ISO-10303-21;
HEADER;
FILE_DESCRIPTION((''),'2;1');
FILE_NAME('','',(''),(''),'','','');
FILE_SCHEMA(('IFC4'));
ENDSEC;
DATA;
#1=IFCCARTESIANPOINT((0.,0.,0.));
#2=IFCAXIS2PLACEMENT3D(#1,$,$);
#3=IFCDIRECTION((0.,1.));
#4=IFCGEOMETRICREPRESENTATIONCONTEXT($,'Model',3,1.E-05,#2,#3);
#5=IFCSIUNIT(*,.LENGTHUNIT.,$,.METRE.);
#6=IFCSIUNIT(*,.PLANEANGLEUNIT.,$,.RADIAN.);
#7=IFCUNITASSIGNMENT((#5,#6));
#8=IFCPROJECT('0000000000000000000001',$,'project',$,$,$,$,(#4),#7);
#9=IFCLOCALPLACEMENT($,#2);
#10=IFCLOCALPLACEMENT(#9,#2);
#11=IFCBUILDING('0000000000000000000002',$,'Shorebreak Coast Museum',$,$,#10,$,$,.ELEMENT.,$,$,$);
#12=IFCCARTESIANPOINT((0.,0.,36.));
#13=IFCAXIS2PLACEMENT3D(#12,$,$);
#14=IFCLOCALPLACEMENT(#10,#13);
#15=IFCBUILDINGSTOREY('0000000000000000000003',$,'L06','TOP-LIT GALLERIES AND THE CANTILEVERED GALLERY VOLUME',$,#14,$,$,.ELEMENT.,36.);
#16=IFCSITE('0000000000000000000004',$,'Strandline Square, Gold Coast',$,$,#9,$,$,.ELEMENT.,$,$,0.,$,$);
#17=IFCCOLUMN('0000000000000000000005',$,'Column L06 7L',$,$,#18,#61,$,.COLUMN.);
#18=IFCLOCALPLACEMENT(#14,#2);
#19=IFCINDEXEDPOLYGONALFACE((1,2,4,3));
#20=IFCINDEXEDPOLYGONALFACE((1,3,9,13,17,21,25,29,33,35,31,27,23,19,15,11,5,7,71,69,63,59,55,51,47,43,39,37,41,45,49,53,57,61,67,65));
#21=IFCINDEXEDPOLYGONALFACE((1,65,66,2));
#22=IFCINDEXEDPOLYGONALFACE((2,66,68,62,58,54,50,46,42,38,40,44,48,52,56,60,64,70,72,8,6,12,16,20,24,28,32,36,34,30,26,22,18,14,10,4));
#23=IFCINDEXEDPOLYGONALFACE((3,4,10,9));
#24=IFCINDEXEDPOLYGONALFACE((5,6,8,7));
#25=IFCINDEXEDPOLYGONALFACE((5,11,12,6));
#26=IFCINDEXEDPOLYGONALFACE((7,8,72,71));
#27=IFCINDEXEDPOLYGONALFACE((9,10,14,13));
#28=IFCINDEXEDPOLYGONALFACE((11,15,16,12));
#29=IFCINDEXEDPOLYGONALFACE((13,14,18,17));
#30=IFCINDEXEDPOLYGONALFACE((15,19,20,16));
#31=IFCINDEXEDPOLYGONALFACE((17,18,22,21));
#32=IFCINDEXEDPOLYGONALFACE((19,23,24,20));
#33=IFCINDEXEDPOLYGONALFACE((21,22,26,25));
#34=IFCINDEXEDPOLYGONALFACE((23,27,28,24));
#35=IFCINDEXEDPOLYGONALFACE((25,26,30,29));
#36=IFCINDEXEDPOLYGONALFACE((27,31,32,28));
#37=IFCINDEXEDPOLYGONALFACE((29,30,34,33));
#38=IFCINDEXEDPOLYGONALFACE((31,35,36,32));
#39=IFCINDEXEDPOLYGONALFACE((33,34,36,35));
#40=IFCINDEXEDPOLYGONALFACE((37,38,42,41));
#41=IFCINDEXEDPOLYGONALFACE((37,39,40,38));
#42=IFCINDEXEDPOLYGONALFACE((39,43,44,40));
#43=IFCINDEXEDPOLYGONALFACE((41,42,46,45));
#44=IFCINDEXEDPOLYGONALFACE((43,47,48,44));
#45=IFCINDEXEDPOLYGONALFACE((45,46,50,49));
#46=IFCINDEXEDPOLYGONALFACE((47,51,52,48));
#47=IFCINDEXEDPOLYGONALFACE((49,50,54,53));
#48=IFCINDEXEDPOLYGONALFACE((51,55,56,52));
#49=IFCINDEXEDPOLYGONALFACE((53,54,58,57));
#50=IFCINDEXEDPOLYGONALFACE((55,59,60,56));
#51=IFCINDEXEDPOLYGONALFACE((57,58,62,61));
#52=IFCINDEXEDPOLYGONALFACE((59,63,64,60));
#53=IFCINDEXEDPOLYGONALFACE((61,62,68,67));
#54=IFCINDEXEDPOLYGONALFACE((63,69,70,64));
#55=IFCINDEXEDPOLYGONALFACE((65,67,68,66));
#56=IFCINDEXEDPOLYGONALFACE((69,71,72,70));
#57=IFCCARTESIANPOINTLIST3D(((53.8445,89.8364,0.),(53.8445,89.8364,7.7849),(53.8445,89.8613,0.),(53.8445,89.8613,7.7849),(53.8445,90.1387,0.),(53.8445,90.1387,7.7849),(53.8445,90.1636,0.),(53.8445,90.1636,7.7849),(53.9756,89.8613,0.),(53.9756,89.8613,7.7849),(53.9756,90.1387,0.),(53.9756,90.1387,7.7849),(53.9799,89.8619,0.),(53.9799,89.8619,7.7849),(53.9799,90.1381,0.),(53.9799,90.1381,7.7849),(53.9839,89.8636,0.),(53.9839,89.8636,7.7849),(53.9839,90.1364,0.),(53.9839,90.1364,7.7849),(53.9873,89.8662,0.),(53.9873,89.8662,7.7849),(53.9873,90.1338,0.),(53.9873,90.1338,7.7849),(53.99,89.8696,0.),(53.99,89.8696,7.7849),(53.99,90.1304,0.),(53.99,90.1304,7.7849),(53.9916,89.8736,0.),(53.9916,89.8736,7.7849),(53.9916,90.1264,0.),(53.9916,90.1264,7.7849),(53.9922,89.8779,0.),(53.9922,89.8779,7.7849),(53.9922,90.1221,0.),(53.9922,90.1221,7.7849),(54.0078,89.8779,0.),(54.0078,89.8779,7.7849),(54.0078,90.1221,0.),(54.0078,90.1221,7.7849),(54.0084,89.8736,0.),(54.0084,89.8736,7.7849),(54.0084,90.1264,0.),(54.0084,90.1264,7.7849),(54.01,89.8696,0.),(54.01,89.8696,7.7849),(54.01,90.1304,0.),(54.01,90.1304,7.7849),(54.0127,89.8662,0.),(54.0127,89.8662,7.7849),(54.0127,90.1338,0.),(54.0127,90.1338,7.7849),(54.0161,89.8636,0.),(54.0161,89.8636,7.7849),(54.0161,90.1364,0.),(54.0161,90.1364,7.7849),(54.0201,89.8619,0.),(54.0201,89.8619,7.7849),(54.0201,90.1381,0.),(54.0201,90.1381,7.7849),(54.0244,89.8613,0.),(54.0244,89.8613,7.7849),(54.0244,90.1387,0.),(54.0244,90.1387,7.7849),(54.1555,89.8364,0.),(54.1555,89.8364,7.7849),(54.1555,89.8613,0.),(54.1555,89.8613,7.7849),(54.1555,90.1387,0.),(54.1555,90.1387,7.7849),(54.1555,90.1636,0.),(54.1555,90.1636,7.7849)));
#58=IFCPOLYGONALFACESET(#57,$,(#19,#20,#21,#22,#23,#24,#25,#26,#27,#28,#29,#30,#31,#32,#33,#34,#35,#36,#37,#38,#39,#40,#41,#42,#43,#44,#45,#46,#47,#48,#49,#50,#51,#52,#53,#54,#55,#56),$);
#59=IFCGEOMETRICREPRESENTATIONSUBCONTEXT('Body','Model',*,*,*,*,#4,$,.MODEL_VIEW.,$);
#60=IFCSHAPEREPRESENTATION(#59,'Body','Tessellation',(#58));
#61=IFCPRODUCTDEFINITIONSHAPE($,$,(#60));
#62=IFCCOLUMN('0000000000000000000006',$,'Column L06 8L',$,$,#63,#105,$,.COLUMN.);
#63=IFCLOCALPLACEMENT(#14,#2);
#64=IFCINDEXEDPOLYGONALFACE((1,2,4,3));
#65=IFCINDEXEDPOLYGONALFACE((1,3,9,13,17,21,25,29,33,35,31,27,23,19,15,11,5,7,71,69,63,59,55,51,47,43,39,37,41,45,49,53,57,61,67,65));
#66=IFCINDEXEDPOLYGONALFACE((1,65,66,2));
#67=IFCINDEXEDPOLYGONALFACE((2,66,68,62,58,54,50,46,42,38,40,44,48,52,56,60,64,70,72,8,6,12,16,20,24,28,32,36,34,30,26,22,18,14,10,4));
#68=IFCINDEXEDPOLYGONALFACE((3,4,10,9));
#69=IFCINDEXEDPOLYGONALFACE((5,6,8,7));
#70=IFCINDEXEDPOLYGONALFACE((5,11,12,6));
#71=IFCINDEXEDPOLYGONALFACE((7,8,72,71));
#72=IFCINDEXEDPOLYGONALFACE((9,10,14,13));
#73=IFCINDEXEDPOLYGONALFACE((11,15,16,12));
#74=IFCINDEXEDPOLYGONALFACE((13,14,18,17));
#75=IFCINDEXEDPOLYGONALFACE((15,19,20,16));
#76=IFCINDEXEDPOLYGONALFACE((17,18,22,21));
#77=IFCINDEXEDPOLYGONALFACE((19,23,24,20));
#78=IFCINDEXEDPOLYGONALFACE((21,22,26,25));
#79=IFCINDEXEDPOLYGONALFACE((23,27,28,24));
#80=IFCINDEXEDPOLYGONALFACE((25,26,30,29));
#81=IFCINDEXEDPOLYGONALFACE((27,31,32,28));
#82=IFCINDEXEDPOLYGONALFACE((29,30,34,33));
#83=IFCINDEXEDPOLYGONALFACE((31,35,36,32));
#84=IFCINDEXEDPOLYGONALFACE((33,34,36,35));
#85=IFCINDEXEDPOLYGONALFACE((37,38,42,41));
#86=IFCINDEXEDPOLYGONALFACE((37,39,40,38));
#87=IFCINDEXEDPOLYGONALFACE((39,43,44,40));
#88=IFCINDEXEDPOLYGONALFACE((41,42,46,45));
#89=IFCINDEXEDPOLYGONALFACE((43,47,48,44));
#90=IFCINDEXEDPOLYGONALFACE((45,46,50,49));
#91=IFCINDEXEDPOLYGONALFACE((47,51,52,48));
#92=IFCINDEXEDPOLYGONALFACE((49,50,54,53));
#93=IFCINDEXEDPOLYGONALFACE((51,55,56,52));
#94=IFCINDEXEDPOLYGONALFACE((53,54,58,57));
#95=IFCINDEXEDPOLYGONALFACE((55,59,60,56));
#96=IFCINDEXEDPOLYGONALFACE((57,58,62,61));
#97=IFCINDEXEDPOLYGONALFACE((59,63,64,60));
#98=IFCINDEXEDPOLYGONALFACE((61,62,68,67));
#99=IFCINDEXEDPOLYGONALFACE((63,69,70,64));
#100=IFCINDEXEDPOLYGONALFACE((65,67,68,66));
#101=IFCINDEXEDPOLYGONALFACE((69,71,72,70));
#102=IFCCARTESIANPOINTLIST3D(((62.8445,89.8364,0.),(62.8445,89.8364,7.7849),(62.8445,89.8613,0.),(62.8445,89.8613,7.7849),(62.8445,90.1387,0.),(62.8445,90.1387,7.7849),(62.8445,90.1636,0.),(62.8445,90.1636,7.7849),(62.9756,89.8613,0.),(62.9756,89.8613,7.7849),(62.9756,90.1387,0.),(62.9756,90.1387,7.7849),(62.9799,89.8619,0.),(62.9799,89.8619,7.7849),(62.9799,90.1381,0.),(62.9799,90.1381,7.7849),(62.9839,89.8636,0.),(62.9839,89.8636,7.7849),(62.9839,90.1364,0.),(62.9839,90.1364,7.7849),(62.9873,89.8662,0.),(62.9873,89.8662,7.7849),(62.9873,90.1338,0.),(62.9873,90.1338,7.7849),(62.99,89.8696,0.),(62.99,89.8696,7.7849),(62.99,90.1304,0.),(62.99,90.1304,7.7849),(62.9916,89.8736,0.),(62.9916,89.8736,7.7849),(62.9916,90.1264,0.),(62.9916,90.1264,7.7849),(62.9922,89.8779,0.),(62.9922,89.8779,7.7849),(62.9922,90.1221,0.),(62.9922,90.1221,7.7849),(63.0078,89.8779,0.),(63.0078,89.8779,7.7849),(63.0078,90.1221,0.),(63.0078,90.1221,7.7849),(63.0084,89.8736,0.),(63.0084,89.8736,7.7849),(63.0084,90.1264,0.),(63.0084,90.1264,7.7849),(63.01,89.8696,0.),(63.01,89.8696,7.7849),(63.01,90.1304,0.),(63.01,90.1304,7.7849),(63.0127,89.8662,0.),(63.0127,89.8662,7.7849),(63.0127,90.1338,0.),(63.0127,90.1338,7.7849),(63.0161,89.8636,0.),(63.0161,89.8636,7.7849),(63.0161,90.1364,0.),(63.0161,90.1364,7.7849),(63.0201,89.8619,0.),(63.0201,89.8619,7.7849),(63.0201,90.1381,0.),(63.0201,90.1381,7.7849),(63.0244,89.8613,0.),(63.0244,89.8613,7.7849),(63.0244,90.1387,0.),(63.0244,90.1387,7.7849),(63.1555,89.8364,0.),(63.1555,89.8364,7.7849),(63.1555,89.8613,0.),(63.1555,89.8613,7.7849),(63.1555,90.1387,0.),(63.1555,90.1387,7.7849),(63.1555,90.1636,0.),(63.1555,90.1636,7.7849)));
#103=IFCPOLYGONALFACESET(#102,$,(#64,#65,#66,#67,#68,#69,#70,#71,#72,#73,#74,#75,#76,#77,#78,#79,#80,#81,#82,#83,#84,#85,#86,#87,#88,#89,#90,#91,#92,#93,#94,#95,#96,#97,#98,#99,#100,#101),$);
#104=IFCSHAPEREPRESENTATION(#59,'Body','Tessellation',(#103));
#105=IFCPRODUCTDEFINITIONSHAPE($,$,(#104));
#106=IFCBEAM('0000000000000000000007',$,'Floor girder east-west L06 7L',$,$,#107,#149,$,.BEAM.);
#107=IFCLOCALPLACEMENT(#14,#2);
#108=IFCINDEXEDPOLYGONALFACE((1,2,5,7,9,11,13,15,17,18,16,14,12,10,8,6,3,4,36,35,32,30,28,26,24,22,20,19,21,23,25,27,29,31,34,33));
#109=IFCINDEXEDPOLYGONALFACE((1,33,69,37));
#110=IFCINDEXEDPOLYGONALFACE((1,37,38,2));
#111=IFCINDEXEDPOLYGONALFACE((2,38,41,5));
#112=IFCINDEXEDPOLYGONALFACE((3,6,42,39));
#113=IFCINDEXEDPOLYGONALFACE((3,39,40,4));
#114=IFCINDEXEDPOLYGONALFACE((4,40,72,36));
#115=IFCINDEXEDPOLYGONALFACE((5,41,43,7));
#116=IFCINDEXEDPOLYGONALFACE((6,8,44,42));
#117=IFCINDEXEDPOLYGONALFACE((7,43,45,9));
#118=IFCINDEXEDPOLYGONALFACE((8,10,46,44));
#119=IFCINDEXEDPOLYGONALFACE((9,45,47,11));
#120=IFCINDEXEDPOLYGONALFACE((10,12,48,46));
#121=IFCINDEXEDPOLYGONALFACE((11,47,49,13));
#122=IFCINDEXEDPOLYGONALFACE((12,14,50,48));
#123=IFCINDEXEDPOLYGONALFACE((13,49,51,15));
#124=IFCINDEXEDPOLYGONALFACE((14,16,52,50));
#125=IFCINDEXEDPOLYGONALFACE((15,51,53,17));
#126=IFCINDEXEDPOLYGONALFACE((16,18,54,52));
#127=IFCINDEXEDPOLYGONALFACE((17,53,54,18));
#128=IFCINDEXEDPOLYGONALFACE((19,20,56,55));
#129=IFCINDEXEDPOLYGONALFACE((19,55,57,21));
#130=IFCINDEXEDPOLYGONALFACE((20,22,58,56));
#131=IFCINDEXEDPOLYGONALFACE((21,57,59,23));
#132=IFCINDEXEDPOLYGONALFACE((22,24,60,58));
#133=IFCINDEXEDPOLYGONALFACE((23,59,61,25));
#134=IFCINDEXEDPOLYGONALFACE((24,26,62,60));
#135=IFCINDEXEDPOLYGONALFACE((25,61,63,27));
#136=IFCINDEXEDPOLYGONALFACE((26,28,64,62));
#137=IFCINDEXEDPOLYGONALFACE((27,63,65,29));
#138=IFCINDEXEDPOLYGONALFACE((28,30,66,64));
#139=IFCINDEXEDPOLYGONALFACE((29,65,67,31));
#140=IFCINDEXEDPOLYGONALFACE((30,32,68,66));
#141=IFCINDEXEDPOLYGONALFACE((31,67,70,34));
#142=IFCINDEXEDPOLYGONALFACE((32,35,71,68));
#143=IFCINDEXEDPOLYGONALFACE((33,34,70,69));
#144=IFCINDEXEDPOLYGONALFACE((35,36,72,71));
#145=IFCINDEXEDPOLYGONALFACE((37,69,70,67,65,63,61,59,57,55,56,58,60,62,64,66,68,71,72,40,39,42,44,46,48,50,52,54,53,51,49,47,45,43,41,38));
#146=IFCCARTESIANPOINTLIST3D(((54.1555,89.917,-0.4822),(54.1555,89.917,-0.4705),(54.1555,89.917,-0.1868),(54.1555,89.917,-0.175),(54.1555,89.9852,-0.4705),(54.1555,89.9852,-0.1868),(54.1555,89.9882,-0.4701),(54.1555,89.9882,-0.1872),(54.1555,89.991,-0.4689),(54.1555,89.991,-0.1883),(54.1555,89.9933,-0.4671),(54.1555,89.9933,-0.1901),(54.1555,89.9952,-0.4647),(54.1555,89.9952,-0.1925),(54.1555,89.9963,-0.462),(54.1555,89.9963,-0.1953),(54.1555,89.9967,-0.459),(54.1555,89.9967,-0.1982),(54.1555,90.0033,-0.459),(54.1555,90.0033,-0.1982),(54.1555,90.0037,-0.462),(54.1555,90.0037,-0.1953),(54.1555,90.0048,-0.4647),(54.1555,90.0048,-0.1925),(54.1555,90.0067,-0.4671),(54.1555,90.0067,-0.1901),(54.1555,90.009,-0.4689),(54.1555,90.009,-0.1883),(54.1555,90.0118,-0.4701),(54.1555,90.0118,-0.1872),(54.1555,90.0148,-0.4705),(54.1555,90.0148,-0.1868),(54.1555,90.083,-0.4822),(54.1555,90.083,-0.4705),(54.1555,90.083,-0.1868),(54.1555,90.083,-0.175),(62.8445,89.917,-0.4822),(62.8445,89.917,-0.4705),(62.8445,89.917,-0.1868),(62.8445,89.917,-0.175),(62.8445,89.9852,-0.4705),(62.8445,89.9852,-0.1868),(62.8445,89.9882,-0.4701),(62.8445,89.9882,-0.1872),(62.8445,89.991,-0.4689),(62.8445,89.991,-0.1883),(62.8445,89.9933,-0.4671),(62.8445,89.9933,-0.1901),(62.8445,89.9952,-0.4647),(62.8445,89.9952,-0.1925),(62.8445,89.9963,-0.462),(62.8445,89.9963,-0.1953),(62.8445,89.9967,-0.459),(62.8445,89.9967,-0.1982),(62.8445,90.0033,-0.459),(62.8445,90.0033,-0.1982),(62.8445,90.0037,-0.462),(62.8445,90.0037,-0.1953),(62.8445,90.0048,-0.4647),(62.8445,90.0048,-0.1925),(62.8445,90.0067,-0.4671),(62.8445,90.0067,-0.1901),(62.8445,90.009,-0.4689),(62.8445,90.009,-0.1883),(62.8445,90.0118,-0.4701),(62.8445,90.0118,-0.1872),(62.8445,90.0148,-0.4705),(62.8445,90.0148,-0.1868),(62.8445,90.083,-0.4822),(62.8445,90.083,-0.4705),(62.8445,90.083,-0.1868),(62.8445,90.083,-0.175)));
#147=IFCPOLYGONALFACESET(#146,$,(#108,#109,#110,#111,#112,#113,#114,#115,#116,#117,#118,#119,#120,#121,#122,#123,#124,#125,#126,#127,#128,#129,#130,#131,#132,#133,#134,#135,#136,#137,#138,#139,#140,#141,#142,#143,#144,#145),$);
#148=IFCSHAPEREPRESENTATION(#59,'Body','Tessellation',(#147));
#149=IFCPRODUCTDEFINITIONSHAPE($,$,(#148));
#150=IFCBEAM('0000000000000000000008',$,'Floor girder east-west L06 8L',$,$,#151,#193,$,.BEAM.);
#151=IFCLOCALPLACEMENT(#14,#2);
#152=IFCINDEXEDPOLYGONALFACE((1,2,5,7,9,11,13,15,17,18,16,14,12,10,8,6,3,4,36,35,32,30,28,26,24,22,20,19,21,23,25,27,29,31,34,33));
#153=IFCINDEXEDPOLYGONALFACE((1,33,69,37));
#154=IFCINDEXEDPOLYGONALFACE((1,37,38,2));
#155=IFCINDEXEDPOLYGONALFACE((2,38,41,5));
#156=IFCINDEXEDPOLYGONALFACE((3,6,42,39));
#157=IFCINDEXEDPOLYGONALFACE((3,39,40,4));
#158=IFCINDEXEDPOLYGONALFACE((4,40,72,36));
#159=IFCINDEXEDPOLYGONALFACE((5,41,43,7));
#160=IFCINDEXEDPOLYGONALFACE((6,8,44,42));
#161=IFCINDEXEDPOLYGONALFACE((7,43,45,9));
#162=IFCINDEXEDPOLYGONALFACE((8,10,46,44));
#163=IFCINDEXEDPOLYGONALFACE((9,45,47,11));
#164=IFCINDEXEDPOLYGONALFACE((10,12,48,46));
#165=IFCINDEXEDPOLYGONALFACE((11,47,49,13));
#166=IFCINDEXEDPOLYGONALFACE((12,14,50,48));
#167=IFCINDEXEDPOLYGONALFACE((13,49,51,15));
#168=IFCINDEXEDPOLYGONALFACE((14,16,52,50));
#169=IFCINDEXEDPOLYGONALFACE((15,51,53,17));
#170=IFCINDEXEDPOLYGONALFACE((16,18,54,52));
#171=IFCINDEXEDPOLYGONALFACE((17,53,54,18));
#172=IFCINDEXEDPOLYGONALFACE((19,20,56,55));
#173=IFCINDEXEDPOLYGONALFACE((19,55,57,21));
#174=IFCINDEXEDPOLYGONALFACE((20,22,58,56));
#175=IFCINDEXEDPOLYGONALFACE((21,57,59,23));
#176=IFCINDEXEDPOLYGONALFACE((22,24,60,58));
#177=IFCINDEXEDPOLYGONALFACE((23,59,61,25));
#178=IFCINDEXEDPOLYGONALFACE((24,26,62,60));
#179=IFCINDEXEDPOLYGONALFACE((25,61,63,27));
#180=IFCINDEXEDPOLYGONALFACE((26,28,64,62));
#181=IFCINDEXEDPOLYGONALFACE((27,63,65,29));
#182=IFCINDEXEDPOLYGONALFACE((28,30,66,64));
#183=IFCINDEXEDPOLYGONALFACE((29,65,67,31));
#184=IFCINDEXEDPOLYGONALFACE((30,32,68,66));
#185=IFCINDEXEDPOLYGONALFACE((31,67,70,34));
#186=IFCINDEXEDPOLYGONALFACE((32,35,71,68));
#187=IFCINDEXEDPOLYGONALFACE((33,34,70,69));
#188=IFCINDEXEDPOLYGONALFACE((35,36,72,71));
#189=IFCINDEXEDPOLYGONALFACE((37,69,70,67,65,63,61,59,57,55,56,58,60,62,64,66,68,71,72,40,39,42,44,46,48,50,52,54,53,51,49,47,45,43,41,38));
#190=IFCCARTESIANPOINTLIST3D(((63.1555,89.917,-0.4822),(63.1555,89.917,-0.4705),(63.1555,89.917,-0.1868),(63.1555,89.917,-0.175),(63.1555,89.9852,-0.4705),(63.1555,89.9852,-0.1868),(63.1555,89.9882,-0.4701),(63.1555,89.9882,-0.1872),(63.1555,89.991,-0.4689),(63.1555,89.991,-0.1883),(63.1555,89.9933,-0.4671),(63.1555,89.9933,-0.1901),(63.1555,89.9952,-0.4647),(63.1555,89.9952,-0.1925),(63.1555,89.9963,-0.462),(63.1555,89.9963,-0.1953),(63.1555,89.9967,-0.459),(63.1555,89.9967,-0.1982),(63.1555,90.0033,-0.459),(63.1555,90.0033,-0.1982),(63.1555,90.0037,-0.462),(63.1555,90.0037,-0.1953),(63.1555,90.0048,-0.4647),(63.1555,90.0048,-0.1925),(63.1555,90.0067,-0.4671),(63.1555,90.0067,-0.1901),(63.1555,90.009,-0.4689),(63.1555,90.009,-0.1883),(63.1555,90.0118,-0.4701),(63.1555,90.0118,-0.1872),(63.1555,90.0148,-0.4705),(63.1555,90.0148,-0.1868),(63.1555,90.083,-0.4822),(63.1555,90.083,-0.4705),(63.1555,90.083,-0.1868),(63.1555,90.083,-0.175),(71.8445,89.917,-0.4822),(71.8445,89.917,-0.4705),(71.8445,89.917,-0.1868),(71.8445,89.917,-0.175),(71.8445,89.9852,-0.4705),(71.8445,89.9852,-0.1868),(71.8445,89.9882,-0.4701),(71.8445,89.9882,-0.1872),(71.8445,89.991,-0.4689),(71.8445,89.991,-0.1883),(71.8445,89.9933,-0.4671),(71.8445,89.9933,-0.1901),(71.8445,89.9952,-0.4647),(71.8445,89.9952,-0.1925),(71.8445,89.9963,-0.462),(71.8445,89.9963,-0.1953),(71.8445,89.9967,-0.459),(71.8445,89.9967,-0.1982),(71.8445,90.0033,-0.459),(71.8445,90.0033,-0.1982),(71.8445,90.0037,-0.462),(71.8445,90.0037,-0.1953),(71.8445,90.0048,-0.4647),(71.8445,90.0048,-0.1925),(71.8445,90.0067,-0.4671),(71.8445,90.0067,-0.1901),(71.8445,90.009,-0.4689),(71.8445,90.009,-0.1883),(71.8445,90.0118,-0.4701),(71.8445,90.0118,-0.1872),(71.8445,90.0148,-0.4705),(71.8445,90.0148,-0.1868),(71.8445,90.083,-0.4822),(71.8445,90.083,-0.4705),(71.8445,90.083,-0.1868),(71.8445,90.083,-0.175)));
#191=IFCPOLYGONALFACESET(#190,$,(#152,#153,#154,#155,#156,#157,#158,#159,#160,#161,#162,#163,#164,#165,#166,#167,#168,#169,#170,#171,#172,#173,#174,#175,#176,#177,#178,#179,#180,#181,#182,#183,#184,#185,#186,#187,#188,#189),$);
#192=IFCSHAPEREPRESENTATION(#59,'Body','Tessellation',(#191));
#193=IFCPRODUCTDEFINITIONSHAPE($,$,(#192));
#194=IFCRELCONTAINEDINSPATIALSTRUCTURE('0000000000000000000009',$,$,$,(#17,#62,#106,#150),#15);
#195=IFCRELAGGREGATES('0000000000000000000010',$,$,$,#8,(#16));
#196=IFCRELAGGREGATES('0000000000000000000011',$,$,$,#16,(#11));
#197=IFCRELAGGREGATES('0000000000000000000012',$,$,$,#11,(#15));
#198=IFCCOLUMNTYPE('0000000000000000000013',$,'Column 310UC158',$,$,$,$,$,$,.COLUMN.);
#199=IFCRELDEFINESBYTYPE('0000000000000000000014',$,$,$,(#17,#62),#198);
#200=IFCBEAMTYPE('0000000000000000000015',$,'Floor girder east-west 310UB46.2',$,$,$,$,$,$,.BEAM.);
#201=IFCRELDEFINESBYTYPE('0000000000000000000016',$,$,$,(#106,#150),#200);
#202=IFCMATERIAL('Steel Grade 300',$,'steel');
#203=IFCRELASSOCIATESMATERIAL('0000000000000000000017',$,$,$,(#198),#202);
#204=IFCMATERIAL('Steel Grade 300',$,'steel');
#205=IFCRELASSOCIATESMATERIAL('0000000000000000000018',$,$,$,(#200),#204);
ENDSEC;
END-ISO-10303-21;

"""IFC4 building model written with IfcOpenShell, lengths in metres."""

from ifc_helpers import new_model, si_unit, direction, frame, origin, origin_2d, place, context, subcontext, project, spatial, i_section, extrude, material, material_profile, profile_set, type_object, element, save


model = new_model("IFC4")

# Units and contexts
model_context = context("Model", 3, precision=1e-05, world=origin(), true_north=direction((0.0, 1.0)))
body_context = subcontext(model_context, "Body", "Model", "MODEL_VIEW")
ifc_project = project(units=[si_unit("LENGTHUNIT", "METRE"), si_unit("PLANEANGLEUNIT", "RADIAN")], contexts=[model_context])

# Site, building, storey
site_placement = place(None, origin())
site = spatial("IfcSite", under=ifc_project, at=site_placement, Name="Strandline Square, Gold Coast", CompositionType="ELEMENT", RefElevation=0.0)
building_placement = place(site_placement, origin())
building = spatial("IfcBuilding", under=site, at=building_placement, Name="Shorebreak Coast Museum", CompositionType="ELEMENT")
storey_placement = place(building_placement, frame((0.0, 0.0, 36.0)))
storey = spatial("IfcBuildingStorey", under=building, at=storey_placement, Name="L06", Description="TOP-LIT GALLERIES AND THE CANTILEVERED GALLERY VOLUME", CompositionType="ELEMENT", Elevation=36.0)

# Columns
ifc_material_1 = material(Name="Steel Grade 300", Category="steel")
ifc_material_profile_1 = material_profile(ifc_material_1, i_section(OverallWidth=0.311, OverallDepth=0.3271, WebThickness=0.0156, FlangeThickness=0.0249, FilletRadius=0.0166, at=origin_2d()), Name="310UC158")
ifc_profile_set_1 = profile_set([ifc_material_profile_1], Name="Steel Grade 300")
column_type = type_object("IfcColumnType", Name="Column 310UC158", PredefinedType="COLUMN", material=ifc_profile_set_1)
for number, where, z_axis, x_axis, name in (
    (1, (54.0, 90.0, 0.0), (0.0, 0.0, 1.0), (1.0, 0.0, 0.0), "Column L06 7L"),
    (2, (63.0, 90.0, 0.0), (0.0, 0.0, 1.0), (1.0, 0.0, 0.0), "Column L06 8L"),
):
    element("IfcColumn", number, at=place(storey_placement, frame(where, z_axis=z_axis, x_axis=x_axis)), inside=storey, type_object=column_type, Name=name, PredefinedType="COLUMN", context=body_context, shape_type="SweptSolid", body=[
        extrude(i_section(OverallWidth=0.311, OverallDepth=0.3271, WebThickness=0.0156, FlangeThickness=0.0249, FilletRadius=0.0166, at=origin_2d()), origin(), (0.0, 0.0, 1.0), 7.7849),
    ])

# Beams
ifc_material_2 = material(Name="Steel Grade 300", Category="steel")
ifc_material_profile_2 = material_profile(ifc_material_2, i_section(OverallWidth=0.166, OverallDepth=0.3071, WebThickness=0.0066, FlangeThickness=0.0117, FilletRadius=0.0115, at=origin_2d()), Name="310UB46.2")
ifc_profile_set_2 = profile_set([ifc_material_profile_2], Name="Steel Grade 300")
beam_type_1 = type_object("IfcBeamType", Name="Floor girder east-west 310UB46.2", PredefinedType="BEAM", material=ifc_profile_set_2)
for number, where, z_axis, x_axis, name in (
    (3, (54.1555, 90.0, -0.3286), (1.0, 0.0, 0.0), (0.0, 1.0, 0.0), "Floor girder east-west L06 7L"),
    (4, (63.1555, 90.0, -0.3286), (1.0, 0.0, 0.0), (0.0, 1.0, 0.0), "Floor girder east-west L06 8L"),
):
    element("IfcBeam", number, at=place(storey_placement, frame(where, z_axis=z_axis, x_axis=x_axis)), inside=storey, type_object=beam_type_1, Name=name, PredefinedType="BEAM", context=body_context, shape_type="SweptSolid", body=[
        extrude(i_section(OverallWidth=0.166, OverallDepth=0.3071, WebThickness=0.0066, FlangeThickness=0.0117, FilletRadius=0.0115, at=origin_2d()), origin(), (0.0, 0.0, 1.0), 8.689),
    ])

save(model, "model.ifc")
